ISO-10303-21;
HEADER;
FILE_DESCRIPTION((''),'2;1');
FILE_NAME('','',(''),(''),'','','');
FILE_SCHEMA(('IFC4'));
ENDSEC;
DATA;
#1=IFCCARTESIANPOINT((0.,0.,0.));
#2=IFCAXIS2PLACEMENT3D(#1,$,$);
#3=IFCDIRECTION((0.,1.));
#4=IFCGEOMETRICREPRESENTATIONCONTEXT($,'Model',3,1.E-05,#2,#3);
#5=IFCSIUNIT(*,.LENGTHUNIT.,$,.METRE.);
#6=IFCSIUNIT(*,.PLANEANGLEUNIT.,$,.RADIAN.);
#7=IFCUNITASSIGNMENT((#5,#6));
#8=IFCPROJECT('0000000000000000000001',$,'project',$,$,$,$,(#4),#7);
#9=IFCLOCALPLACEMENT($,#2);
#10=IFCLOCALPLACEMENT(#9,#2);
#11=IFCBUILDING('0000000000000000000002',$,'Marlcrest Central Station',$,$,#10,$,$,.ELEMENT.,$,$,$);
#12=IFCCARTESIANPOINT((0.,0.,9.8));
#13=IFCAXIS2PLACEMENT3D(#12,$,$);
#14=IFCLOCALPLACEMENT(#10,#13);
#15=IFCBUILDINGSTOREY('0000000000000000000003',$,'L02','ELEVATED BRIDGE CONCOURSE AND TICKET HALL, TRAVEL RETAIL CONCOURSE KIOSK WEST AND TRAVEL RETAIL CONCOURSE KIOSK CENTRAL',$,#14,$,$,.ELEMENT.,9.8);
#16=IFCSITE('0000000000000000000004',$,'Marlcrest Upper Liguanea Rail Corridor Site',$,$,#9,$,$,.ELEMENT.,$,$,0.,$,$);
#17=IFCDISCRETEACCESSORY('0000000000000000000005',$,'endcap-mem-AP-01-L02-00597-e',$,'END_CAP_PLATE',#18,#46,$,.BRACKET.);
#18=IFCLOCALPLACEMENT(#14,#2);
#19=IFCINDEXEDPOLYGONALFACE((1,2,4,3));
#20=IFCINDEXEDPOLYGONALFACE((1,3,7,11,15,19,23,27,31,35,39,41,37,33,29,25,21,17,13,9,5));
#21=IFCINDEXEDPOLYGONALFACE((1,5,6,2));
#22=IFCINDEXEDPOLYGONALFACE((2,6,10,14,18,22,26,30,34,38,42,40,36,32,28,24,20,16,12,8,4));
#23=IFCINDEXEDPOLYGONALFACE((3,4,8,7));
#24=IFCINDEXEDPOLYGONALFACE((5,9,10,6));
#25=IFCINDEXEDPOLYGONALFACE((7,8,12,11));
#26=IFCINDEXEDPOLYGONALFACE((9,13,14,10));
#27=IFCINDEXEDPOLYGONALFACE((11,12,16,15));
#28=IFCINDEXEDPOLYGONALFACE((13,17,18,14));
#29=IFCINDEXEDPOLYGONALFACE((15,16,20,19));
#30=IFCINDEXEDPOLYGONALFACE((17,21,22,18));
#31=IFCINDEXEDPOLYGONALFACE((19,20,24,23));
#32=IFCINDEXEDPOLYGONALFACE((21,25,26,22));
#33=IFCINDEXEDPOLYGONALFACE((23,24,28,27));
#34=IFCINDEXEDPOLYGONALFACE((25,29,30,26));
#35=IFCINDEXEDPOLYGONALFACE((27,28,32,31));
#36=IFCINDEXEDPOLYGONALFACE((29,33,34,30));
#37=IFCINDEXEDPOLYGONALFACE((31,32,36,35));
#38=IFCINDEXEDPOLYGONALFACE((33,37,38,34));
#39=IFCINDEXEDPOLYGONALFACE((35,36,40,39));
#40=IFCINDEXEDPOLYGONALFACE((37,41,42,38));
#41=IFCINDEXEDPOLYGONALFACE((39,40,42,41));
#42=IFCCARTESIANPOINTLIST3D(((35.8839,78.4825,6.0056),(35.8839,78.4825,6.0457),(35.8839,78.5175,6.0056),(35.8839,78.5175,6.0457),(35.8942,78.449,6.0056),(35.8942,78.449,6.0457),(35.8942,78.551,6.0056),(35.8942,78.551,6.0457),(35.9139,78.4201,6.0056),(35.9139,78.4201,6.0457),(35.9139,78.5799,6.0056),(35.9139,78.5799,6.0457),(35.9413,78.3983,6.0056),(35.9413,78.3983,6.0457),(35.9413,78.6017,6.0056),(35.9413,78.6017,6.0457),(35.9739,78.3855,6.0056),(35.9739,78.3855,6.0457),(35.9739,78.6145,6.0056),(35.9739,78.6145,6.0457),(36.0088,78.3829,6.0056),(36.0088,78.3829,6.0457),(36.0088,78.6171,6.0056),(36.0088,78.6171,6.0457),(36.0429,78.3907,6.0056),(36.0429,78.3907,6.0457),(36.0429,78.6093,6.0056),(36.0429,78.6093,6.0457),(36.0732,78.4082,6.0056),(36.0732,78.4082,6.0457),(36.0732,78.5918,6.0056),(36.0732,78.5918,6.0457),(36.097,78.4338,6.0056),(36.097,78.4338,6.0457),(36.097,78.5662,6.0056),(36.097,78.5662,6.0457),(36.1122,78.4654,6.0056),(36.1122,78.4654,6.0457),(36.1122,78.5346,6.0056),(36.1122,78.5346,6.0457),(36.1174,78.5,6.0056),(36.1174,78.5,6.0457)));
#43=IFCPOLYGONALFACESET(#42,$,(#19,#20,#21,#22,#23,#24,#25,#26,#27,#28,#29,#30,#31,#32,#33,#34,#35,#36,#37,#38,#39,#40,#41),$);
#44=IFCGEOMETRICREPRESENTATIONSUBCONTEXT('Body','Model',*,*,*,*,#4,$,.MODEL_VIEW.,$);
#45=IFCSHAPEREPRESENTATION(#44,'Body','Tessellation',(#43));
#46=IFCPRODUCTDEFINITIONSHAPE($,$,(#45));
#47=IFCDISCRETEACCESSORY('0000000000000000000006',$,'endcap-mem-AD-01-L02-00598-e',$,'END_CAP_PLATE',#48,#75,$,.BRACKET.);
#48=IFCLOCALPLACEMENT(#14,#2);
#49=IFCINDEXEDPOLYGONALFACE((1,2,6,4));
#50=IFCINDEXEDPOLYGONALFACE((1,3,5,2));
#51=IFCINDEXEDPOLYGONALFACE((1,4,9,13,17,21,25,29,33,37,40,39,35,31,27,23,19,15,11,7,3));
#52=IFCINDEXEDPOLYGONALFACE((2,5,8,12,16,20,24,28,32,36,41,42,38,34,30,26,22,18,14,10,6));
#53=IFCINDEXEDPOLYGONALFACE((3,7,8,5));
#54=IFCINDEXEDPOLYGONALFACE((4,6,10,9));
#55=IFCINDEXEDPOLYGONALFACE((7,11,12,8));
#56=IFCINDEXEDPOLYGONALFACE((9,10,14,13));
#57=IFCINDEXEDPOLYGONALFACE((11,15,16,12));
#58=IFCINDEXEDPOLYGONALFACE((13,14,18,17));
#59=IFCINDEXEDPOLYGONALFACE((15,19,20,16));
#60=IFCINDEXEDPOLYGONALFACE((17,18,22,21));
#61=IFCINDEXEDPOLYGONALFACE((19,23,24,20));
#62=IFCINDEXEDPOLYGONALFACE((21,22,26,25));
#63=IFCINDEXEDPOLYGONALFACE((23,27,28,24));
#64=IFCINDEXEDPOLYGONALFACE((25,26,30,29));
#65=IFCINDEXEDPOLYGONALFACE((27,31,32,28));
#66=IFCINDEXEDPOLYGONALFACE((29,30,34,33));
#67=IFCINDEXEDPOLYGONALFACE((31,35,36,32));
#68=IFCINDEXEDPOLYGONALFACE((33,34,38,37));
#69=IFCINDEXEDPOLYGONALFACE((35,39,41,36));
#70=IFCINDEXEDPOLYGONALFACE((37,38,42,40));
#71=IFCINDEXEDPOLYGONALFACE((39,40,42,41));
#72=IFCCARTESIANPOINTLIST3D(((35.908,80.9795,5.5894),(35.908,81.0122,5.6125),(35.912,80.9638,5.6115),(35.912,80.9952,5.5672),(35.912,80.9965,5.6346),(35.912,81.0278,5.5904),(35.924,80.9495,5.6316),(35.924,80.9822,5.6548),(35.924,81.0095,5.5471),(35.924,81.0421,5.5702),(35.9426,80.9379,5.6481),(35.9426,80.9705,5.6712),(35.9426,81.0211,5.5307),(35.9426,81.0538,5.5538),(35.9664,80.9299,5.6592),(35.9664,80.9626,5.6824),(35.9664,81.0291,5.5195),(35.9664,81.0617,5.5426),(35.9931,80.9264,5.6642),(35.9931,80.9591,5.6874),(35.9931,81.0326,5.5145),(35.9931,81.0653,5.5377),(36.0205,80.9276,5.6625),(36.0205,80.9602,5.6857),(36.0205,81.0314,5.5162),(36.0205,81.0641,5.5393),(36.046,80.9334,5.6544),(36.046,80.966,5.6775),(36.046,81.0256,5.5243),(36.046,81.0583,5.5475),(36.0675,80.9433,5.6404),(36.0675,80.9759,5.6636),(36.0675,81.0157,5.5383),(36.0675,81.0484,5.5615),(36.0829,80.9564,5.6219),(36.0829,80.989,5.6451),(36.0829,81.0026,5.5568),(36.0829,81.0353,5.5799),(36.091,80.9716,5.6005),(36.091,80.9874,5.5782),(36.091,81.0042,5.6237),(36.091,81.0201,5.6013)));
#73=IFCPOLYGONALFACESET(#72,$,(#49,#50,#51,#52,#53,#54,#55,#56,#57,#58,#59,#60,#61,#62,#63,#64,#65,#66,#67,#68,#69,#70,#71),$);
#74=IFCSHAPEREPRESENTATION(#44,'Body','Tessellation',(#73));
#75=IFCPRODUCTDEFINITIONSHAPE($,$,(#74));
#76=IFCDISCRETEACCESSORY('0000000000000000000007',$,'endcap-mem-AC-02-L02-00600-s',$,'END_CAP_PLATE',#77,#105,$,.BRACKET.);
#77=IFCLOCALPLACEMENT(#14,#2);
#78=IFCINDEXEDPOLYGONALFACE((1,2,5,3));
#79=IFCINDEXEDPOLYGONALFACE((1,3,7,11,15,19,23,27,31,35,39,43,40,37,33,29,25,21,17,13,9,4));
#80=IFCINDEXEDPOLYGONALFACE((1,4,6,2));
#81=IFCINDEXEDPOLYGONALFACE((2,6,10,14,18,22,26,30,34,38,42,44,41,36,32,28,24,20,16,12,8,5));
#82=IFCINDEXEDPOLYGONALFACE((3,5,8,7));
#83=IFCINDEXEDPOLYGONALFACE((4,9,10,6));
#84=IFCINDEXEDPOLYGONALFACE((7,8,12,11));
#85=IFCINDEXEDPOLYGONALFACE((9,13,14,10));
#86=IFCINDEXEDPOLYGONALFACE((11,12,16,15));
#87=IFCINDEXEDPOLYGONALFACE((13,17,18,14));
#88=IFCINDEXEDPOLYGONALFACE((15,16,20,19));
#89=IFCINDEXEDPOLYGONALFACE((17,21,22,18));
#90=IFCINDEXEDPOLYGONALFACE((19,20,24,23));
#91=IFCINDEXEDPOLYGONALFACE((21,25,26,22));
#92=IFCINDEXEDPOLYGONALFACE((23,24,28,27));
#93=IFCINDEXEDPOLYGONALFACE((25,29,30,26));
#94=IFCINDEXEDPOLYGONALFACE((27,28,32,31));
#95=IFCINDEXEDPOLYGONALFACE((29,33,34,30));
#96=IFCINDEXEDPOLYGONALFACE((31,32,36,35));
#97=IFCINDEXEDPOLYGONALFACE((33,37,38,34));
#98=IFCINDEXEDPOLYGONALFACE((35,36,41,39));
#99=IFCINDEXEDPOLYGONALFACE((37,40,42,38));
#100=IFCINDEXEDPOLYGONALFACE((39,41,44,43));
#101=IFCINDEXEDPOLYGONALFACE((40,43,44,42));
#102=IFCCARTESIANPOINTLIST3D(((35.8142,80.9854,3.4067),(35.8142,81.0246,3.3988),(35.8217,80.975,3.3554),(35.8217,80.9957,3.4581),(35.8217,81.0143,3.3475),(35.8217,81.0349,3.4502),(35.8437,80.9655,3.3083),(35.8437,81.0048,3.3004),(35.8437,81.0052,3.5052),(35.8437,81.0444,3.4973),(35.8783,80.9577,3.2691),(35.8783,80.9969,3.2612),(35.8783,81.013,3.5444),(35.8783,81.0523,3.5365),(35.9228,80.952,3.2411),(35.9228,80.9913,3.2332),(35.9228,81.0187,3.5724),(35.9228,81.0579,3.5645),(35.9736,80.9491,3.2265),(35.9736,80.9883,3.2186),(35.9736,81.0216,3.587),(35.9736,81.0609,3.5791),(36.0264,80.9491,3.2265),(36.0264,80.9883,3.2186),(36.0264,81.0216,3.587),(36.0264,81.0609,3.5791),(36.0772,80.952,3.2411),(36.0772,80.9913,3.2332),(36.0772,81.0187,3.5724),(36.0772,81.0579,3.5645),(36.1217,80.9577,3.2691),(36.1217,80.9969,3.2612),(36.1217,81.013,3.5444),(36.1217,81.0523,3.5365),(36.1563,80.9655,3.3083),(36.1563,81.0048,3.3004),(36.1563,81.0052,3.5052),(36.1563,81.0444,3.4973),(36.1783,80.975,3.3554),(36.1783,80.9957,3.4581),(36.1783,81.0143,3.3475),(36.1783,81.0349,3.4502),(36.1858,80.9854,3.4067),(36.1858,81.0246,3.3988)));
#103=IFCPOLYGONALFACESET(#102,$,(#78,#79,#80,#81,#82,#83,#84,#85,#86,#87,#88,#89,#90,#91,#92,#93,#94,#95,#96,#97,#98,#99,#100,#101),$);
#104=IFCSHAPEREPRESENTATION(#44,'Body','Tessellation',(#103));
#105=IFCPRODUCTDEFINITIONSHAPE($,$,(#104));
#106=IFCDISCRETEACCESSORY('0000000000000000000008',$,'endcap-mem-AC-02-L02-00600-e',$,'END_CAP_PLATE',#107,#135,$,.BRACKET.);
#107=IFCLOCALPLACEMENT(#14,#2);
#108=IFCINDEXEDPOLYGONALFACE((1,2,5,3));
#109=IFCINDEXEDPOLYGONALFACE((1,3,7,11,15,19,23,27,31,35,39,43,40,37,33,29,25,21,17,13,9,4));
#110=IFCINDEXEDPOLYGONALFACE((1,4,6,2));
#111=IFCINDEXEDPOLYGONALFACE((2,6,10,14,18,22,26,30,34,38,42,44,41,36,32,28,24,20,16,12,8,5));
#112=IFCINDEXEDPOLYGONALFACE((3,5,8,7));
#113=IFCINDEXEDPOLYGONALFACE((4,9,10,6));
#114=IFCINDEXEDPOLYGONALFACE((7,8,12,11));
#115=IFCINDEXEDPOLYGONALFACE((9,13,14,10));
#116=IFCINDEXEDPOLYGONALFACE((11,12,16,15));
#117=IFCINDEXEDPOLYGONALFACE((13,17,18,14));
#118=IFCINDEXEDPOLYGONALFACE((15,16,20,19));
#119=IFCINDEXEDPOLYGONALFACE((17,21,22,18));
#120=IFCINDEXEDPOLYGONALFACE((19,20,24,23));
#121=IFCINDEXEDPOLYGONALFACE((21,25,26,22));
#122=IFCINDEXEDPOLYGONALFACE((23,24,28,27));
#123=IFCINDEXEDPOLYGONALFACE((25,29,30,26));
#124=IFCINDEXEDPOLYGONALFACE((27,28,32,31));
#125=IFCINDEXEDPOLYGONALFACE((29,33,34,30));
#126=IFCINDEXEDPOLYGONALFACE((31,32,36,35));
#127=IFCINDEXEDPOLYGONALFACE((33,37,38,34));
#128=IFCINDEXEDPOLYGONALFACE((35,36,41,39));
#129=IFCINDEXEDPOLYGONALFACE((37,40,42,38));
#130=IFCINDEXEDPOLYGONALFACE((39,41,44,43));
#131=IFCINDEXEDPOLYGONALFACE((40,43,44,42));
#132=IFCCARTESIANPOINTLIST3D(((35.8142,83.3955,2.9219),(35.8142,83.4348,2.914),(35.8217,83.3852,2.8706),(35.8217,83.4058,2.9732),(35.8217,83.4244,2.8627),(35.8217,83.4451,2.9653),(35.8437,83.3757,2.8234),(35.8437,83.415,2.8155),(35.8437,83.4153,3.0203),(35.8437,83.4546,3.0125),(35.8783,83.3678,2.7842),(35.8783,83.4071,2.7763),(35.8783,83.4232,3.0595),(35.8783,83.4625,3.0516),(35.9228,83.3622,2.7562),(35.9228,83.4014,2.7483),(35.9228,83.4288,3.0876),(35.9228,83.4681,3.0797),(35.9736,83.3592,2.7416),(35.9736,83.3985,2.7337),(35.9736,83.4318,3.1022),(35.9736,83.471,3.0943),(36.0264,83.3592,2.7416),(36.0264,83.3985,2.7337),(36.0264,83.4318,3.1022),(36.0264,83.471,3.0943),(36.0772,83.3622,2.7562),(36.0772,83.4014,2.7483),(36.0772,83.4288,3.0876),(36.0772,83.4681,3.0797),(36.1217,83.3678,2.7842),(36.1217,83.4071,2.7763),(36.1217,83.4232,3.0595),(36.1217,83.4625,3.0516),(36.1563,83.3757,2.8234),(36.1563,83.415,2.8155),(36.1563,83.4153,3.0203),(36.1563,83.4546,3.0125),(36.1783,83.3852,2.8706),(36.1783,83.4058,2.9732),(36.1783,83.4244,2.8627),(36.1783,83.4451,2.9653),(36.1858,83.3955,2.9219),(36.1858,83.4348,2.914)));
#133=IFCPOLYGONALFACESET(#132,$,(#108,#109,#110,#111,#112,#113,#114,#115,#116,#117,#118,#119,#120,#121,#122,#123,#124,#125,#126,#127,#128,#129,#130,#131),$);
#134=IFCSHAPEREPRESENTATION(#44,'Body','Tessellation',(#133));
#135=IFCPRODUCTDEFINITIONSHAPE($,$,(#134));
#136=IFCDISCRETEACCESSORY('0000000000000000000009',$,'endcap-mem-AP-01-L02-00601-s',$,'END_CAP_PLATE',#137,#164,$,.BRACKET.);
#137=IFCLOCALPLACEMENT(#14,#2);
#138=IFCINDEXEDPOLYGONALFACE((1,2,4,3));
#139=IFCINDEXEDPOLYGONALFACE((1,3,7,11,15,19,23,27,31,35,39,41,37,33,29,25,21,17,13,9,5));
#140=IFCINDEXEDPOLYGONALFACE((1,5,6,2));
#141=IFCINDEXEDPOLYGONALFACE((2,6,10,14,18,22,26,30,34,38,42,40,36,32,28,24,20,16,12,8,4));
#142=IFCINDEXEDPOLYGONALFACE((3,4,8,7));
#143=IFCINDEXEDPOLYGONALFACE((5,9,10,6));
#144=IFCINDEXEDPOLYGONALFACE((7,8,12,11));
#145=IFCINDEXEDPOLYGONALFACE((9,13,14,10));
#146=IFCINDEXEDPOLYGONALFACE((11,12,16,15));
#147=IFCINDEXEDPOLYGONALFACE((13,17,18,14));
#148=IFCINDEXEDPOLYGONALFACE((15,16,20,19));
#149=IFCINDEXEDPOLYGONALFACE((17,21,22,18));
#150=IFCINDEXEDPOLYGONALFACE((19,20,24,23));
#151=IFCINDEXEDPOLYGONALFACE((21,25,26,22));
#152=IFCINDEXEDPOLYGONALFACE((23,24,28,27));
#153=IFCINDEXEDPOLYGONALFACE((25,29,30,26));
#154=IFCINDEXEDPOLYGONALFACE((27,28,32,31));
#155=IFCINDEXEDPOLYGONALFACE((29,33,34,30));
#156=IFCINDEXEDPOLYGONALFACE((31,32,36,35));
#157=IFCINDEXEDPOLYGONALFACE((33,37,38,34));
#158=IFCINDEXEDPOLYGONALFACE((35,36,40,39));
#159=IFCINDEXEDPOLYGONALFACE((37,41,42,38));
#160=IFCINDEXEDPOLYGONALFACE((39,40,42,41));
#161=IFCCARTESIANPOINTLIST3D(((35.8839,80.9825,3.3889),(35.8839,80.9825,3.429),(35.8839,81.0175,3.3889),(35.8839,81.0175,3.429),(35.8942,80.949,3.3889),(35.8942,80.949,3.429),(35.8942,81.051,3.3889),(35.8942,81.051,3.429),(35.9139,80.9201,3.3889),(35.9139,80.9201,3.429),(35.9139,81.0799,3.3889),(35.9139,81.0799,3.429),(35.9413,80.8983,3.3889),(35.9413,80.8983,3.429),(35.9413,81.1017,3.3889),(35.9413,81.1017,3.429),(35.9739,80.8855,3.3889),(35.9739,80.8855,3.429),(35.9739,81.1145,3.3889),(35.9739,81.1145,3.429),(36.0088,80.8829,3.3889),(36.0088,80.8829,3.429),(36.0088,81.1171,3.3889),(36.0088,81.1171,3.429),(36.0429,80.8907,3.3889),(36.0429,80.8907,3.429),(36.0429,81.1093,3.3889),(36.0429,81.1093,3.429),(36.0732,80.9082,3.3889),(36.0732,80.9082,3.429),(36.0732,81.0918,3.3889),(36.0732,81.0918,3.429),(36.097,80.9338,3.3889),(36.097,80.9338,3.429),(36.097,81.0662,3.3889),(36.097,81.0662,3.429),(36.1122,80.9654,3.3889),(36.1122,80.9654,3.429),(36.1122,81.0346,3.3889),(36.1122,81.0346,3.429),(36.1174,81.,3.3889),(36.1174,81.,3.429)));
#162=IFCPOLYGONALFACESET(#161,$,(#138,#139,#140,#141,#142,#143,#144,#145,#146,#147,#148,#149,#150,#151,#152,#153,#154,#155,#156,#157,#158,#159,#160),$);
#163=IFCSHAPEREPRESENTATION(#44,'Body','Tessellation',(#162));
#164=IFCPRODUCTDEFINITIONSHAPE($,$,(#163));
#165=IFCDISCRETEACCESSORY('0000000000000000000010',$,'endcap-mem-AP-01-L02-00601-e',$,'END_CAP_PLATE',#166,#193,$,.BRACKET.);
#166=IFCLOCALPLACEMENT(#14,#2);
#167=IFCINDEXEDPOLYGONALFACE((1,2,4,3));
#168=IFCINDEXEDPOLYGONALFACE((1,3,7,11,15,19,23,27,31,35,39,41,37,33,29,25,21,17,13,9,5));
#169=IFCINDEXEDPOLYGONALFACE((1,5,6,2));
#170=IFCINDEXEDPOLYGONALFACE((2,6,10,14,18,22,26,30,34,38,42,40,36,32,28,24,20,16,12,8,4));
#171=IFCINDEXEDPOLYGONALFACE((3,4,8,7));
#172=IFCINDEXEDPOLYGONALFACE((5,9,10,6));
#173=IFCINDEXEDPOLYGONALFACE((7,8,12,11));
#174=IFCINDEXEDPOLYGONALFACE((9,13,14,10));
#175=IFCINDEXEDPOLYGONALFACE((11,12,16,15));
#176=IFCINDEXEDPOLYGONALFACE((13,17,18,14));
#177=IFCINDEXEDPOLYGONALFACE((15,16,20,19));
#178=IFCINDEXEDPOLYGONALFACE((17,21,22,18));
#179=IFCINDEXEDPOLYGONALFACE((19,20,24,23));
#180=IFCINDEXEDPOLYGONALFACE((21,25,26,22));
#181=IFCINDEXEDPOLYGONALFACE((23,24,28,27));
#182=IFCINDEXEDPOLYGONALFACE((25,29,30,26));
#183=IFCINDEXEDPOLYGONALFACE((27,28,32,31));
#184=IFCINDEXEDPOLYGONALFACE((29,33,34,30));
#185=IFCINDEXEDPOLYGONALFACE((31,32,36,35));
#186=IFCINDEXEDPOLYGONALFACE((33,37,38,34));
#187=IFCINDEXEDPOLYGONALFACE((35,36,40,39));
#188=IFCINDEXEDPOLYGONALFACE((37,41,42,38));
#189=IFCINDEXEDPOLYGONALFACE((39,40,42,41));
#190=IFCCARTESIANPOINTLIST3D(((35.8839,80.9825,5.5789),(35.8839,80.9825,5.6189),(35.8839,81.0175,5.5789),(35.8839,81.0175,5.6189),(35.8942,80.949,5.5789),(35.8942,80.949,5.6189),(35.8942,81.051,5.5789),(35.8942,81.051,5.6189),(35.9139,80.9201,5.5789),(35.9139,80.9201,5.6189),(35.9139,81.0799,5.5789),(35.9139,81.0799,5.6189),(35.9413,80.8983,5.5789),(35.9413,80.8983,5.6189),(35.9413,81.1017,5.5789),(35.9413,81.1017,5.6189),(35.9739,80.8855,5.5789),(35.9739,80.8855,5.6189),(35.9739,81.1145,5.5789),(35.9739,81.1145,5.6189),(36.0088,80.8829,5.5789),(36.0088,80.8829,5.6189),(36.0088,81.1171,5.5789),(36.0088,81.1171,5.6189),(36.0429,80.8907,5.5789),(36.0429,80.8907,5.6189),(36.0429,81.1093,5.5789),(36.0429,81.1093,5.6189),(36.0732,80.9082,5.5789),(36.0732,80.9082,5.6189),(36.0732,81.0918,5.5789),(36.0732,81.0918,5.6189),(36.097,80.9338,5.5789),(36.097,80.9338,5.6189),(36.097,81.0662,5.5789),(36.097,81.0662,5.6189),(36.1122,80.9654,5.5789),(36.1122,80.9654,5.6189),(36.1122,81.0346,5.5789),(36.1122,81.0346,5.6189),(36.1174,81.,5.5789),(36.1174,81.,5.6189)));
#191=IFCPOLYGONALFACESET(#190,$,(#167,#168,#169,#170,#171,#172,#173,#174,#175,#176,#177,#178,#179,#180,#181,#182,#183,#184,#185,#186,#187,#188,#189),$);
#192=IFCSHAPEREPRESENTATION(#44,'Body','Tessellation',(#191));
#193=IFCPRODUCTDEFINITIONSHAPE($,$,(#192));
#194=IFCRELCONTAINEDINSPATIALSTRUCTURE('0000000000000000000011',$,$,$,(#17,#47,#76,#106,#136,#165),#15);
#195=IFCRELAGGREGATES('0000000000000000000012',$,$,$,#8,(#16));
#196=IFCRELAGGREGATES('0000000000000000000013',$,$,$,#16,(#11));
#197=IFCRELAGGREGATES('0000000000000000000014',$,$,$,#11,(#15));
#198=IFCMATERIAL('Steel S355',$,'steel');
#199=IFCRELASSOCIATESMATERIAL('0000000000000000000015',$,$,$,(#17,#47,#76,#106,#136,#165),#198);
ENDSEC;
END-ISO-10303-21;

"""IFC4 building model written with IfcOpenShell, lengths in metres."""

from ifc_helpers import new_model, si_unit, direction, frame, origin, origin_2d, place, context, subcontext, project, spatial, circle, extrude, material, element, save


model = new_model("IFC4")

# Units and contexts
model_context = context("Model", 3, precision=1e-05, world=origin(), true_north=direction((0.0, 1.0)))
body_context = subcontext(model_context, "Body", "Model", "MODEL_VIEW")
ifc_project = project(units=[si_unit("LENGTHUNIT", "METRE"), si_unit("PLANEANGLEUNIT", "RADIAN")], contexts=[model_context])

# Site, building, storey
site_placement = place(None, origin())
site = spatial("IfcSite", under=ifc_project, at=site_placement, Name="Marlcrest Upper Liguanea Rail Corridor Site", CompositionType="ELEMENT", RefElevation=0.0)
building_placement = place(site_placement, origin())
building = spatial("IfcBuilding", under=site, at=building_placement, Name="Marlcrest Central Station", CompositionType="ELEMENT")
storey_placement = place(building_placement, frame((0.0, 0.0, 9.8)))
storey = spatial("IfcBuildingStorey", under=building, at=storey_placement, Name="L02", Description="ELEVATED BRIDGE CONCOURSE AND TICKET HALL, TRAVEL RETAIL CONCOURSE KIOSK WEST AND TRAVEL RETAIL CONCOURSE KIOSK CENTRAL", CompositionType="ELEMENT", Elevation=9.8)

# Shared definitions
ifc_material_1 = material(Name="Steel S355", Category="steel")

# Discrete accessories
for number, where, z_axis, x_axis, name in (
    (1, (36.0, 78.5, 6.0056), (0.0, 0.0, 1.0), (1.0, 0.0, 0.0), "endcap-mem-AP-01-L02-00597-e"),
):
    element("IfcDiscreteAccessory", number, at=place(storey_placement, frame(where, z_axis=z_axis, x_axis=x_axis)), inside=storey, material=ifc_material_1, Name=name, ObjectType="END_CAP_PLATE", PredefinedType="BRACKET", context=body_context, shape_type="SweptSolid", body=[
        extrude(circle(Radius=0.1174, at=origin_2d()), origin(), (0.0, 0.0, 1.0), 0.04),
    ])
discrete_accessory_1_placement = place(storey_placement, frame((36.0, 80.9795, 5.5894), z_axis=(0.0, 0.815661, 0.57853), x_axis=(-1.0, 0.0, 0.0)))
element("IfcDiscreteAccessory", 2, at=discrete_accessory_1_placement, inside=storey, material=ifc_material_1, Name="endcap-mem-AD-01-L02-00598-e", ObjectType="END_CAP_PLATE", PredefinedType="BRACKET", context=body_context, shape_type="SweptSolid", body=[
    extrude(circle(Radius=0.092, at=origin_2d()), origin(), (0.0, 0.0, 1.0), 0.04),
])
for number, where, z_axis, x_axis, name in (
    (3, (36.0, 80.9854, 3.4067), (0.0, 0.980359, -0.197219), (-1.0, 0.0, 0.0), "endcap-mem-AC-02-L02-00600-s"),
    (4, (36.0, 83.3955, 2.9219), (0.0, 0.980359, -0.197219), (-1.0, 0.0, 0.0), "endcap-mem-AC-02-L02-00600-e"),
):
    element("IfcDiscreteAccessory", number, at=place(storey_placement, frame(where, z_axis=z_axis, x_axis=x_axis)), inside=storey, material=ifc_material_1, Name=name, ObjectType="END_CAP_PLATE", PredefinedType="BRACKET", context=body_context, shape_type="SweptSolid", body=[
        extrude(circle(Radius=0.1858, at=origin_2d()), origin(), (0.0, 0.0, 1.0), 0.04),
    ])
for number, where, z_axis, x_axis, name in (
    (5, (36.0, 81.0, 3.3889), (0.0, 0.0, 1.0), (1.0, 0.0, 0.0), "endcap-mem-AP-01-L02-00601-s"),
    (6, (36.0, 81.0, 5.5789), (0.0, 0.0, 1.0), (1.0, 0.0, 0.0), "endcap-mem-AP-01-L02-00601-e"),
):
    element("IfcDiscreteAccessory", number, at=place(storey_placement, frame(where, z_axis=z_axis, x_axis=x_axis)), inside=storey, material=ifc_material_1, Name=name, ObjectType="END_CAP_PLATE", PredefinedType="BRACKET", context=body_context, shape_type="SweptSolid", body=[
        extrude(circle(Radius=0.1174, at=origin_2d()), origin(), (0.0, 0.0, 1.0), 0.04),
    ])

save(model, "model.ifc")
